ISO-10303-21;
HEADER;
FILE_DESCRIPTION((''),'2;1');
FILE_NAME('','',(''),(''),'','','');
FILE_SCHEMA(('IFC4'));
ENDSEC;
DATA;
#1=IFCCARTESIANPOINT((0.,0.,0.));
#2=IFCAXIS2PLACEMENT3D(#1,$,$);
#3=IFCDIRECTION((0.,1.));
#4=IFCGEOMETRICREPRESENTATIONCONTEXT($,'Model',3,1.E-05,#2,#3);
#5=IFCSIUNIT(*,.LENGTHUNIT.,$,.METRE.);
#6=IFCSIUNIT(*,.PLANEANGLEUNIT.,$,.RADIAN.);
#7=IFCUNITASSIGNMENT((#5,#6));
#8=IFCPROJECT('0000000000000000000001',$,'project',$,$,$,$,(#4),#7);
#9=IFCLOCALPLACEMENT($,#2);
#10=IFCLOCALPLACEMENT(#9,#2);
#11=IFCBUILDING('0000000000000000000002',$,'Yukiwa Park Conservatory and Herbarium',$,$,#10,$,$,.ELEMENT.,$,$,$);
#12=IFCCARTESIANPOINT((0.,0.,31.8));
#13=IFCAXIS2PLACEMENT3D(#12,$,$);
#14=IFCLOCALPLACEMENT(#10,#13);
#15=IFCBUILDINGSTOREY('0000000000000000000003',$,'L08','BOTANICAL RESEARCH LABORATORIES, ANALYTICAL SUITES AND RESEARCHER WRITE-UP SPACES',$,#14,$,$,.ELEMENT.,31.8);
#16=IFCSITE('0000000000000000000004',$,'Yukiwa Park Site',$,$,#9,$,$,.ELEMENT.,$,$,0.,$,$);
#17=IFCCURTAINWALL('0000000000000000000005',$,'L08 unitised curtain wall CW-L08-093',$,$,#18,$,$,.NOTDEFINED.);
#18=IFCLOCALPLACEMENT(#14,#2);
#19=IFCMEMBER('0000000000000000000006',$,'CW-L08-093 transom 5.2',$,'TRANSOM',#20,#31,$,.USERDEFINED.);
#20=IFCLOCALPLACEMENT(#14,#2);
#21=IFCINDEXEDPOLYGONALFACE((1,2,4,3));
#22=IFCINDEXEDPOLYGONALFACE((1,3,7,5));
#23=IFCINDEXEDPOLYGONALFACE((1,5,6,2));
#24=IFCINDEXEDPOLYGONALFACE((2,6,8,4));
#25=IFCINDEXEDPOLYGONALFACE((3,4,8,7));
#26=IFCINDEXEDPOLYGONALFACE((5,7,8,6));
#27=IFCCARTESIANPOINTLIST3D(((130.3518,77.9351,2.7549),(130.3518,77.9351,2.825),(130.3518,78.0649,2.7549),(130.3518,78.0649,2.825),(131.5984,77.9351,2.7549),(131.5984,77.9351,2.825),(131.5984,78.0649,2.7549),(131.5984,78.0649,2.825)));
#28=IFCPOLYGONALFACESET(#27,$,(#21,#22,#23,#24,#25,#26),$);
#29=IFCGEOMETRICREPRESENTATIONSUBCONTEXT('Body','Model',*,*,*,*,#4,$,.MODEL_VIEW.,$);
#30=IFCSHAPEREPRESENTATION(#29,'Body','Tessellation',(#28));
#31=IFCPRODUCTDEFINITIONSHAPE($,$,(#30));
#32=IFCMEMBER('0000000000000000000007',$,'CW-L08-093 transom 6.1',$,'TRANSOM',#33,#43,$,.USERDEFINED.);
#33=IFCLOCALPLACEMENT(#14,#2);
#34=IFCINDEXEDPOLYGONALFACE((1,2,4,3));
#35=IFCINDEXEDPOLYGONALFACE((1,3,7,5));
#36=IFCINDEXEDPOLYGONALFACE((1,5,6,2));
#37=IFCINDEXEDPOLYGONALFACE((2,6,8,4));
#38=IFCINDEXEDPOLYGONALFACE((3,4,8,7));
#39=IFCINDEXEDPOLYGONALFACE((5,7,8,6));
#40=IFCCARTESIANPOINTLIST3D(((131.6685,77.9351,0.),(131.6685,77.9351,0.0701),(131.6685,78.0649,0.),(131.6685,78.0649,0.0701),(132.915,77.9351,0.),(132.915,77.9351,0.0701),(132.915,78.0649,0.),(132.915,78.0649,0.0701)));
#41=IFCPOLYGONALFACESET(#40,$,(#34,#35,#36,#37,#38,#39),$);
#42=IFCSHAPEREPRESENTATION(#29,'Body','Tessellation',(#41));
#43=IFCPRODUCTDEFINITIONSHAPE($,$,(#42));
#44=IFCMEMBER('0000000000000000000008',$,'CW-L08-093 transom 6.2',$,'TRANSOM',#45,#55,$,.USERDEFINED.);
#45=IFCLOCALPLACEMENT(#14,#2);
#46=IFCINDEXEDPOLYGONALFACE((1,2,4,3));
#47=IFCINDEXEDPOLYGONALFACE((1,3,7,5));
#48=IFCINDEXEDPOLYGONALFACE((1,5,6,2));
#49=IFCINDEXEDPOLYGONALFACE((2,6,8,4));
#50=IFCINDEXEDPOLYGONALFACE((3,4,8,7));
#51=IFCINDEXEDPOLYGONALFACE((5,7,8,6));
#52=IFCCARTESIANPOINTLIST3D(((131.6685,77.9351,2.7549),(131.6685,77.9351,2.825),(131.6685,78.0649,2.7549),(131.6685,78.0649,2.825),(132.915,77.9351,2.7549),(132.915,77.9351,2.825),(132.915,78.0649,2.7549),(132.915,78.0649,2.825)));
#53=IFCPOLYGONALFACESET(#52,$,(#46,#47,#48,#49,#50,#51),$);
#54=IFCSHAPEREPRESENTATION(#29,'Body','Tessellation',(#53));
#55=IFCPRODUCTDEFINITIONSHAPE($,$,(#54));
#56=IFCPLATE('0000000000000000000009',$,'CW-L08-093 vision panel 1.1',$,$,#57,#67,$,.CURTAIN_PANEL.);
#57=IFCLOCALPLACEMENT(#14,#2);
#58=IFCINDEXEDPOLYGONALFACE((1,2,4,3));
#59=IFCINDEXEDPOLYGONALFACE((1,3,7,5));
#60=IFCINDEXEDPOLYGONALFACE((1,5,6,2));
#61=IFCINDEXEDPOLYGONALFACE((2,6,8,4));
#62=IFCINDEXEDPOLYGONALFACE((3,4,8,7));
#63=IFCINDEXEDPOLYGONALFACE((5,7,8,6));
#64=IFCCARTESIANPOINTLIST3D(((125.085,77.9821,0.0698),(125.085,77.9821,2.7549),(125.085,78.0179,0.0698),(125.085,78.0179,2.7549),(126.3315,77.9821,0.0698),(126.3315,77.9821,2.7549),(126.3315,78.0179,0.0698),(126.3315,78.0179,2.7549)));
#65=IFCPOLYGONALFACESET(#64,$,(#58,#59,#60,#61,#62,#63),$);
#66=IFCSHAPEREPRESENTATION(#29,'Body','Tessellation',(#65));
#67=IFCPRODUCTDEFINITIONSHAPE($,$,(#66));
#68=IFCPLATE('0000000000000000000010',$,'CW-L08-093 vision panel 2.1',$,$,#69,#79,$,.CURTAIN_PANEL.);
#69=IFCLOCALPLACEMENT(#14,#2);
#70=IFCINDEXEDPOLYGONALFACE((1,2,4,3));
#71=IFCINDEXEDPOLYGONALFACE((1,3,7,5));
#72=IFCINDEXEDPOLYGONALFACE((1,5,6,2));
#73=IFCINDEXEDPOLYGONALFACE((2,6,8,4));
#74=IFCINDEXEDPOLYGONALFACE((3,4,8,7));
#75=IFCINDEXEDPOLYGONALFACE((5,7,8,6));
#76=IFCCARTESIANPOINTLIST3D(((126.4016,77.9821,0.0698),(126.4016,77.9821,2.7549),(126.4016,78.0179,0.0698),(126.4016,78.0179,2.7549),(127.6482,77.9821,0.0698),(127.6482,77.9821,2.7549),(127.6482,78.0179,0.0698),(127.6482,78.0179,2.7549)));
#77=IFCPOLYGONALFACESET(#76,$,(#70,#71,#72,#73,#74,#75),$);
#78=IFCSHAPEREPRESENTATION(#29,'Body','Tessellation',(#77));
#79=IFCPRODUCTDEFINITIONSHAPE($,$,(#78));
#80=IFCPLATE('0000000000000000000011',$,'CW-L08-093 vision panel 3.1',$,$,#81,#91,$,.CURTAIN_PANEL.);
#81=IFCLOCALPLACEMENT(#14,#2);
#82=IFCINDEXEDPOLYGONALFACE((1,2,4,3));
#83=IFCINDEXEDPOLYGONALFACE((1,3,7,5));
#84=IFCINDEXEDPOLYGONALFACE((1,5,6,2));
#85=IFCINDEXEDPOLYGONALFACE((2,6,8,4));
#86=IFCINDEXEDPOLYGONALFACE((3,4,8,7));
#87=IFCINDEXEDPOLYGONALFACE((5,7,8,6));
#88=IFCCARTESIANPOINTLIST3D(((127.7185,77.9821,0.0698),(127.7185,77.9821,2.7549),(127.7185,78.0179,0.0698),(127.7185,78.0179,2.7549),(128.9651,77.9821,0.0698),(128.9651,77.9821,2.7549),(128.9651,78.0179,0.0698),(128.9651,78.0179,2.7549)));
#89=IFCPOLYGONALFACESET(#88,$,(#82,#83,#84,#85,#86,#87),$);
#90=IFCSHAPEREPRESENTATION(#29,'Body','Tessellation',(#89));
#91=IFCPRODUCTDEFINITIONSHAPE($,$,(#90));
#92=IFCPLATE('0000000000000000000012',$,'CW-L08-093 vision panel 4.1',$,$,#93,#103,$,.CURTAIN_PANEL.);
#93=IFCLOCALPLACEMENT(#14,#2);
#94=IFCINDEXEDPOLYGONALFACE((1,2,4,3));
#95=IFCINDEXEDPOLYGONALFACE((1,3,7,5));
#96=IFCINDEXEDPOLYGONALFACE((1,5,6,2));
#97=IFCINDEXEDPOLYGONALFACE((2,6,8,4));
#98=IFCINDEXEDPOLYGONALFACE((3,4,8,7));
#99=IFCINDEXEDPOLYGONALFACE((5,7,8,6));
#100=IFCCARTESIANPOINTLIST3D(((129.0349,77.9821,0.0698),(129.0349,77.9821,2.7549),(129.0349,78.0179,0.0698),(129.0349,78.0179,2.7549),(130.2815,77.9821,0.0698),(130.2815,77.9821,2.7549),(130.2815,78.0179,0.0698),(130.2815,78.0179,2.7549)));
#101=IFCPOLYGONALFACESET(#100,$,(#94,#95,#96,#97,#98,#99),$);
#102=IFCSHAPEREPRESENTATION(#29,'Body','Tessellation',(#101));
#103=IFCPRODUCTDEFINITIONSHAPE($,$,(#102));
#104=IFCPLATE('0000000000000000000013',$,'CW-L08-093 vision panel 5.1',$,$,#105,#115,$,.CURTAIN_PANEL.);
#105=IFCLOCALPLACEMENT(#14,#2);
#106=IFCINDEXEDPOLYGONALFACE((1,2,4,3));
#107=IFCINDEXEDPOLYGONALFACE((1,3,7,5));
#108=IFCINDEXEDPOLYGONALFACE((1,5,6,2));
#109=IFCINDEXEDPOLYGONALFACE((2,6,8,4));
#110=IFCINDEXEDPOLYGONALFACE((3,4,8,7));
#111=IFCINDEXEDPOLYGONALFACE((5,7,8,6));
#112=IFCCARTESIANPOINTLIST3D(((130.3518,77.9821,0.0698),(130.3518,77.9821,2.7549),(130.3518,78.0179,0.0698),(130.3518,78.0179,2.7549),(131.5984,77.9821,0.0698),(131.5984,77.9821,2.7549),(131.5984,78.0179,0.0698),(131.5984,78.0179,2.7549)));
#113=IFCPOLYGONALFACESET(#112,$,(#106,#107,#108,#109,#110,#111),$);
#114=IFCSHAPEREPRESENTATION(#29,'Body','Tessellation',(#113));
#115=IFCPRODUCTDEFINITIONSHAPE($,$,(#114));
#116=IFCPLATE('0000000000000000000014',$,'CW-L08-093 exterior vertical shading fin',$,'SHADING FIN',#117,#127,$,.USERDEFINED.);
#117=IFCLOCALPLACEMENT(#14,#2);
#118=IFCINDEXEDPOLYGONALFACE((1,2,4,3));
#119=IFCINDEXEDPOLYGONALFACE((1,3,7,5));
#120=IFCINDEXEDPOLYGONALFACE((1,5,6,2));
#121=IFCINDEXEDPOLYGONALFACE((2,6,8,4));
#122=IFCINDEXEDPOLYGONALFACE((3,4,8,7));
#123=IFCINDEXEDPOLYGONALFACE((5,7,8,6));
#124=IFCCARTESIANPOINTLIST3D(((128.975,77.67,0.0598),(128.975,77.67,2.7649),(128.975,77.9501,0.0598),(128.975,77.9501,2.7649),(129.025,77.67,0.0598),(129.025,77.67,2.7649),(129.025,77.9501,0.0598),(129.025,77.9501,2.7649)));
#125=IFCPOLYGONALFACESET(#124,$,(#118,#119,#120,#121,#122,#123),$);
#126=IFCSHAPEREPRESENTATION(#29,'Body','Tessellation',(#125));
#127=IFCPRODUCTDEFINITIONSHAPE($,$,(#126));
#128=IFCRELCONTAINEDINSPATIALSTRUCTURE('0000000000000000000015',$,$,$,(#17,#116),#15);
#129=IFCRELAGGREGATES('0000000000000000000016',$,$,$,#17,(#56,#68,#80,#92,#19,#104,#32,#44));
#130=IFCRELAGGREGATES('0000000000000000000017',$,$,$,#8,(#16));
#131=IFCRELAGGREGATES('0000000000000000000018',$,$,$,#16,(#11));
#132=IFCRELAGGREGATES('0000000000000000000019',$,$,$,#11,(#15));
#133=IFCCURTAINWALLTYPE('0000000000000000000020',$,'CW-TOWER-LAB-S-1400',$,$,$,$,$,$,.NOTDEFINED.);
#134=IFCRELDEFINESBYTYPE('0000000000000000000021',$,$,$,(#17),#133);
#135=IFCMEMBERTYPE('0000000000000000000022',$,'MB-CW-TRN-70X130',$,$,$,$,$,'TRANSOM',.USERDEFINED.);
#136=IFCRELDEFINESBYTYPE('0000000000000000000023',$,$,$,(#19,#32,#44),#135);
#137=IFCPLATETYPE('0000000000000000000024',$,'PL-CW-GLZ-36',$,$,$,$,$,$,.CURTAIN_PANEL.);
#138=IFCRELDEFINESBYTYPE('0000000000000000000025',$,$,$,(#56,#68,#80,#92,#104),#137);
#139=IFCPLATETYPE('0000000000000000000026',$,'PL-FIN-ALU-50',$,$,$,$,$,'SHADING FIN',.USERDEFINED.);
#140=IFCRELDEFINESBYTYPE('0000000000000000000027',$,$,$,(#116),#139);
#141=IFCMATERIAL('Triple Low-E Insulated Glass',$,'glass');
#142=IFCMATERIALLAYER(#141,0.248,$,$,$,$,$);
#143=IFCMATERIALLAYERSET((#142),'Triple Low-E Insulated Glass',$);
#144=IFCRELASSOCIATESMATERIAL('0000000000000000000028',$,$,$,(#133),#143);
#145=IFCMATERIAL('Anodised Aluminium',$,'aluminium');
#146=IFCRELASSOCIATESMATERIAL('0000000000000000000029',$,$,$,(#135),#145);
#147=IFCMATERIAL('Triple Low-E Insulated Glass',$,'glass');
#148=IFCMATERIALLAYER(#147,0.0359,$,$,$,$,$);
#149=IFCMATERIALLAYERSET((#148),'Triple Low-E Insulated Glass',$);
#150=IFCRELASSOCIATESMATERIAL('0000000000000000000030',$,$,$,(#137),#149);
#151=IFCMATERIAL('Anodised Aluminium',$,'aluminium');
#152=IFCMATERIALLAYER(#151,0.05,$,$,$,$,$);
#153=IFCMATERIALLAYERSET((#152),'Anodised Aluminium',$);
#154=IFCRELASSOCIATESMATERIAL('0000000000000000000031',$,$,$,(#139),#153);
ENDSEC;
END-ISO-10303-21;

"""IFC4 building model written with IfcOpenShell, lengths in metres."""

from ifc_helpers import new_model, si_unit, direction, frame, origin, origin_2d, place, context, subcontext, project, spatial, rectangle, extrude, material, layer, layer_set, type_object, element, aggregate, save


model = new_model("IFC4")

# Units and contexts
model_context = context("Model", 3, precision=1e-05, world=origin(), true_north=direction((0.0, 1.0)))
body_context = subcontext(model_context, "Body", "Model", "MODEL_VIEW")
ifc_project = project(units=[si_unit("LENGTHUNIT", "METRE"), si_unit("PLANEANGLEUNIT", "RADIAN")], contexts=[model_context])

# Site, building, storey
site_placement = place(None, origin())
site = spatial("IfcSite", under=ifc_project, at=site_placement, Name="Yukiwa Park Site", CompositionType="ELEMENT", RefElevation=0.0)
building_placement = place(site_placement, origin())
building = spatial("IfcBuilding", under=site, at=building_placement, Name="Yukiwa Park Conservatory and Herbarium", CompositionType="ELEMENT")
storey_placement = place(building_placement, frame((0.0, 0.0, 31.8)))
storey = spatial("IfcBuildingStorey", under=building, at=storey_placement, Name="L08", Description="BOTANICAL RESEARCH LABORATORIES, ANALYTICAL SUITES AND RESEARCHER WRITE-UP SPACES", CompositionType="ELEMENT", Elevation=31.8)

# Curtain wall, members, plates
ifc_material_1 = material(Name="Triple Low-E Insulated Glass", Category="glass")
ifc_layer_1 = layer(ifc_material_1, 0.248)
ifc_layer_set_1 = layer_set([ifc_layer_1], Name="Triple Low-E Insulated Glass")
curtain_wall_type = type_object("IfcCurtainWallType", Name="CW-TOWER-LAB-S-1400", PredefinedType="NOTDEFINED", material=ifc_layer_set_1)
curtain_wall_placement = place(storey_placement, origin())
curtain_wall = element("IfcCurtainWall", 1, at=curtain_wall_placement, inside=storey, type_object=curtain_wall_type, Name="L08 unitised curtain wall CW-L08-093", PredefinedType="NOTDEFINED")
ifc_material_2 = material(Name="Anodised Aluminium", Category="aluminium")
member_type_1 = type_object("IfcMemberType", Name="MB-CW-TRN-70X130", ElementType="TRANSOM", PredefinedType="USERDEFINED", material=ifc_material_2)
member_1_placement = place(storey_placement, frame((130.9751, 78.0, 2.7549), z_axis=(0.0, 0.0, 1.0), x_axis=(1.0, 0.0, 0.0)))
member_1 = element("IfcMember", 2, at=member_1_placement, type_object=member_type_1, Name="CW-L08-093 transom 5.2", ObjectType="TRANSOM", PredefinedType="USERDEFINED", context=body_context, shape_type="SweptSolid", body=[
    extrude(rectangle(XDim=1.2466, YDim=0.1299, at=origin_2d()), origin(), (0.0, 0.0, 1.0), 0.0701),
])
member_2_placement = place(storey_placement, frame((132.2917, 78.0, 0.0), z_axis=(0.0, 0.0, 1.0), x_axis=(1.0, 0.0, 0.0)))
member_2 = element("IfcMember", 3, at=member_2_placement, type_object=member_type_1, Name="CW-L08-093 transom 6.1", ObjectType="TRANSOM", PredefinedType="USERDEFINED", context=body_context, shape_type="SweptSolid", body=[
    extrude(rectangle(XDim=1.2466, YDim=0.1299, at=origin_2d()), origin(), (0.0, 0.0, 1.0), 0.0701),
])
member_3_placement = place(storey_placement, frame((132.2917, 78.0, 2.7549), z_axis=(0.0, 0.0, 1.0), x_axis=(1.0, 0.0, 0.0)))
member_3 = element("IfcMember", 4, at=member_3_placement, type_object=member_type_1, Name="CW-L08-093 transom 6.2", ObjectType="TRANSOM", PredefinedType="USERDEFINED", context=body_context, shape_type="SweptSolid", body=[
    extrude(rectangle(XDim=1.2466, YDim=0.1299, at=origin_2d()), origin(), (0.0, 0.0, 1.0), 0.0701),
])
ifc_material_3 = material(Name="Triple Low-E Insulated Glass", Category="glass")
ifc_layer_2 = layer(ifc_material_3, 0.0359)
ifc_layer_set_2 = layer_set([ifc_layer_2], Name="Triple Low-E Insulated Glass")
plate_type_1 = type_object("IfcPlateType", Name="PL-CW-GLZ-36", PredefinedType="CURTAIN_PANEL", material=ifc_layer_set_2)
plate_1_placement = place(storey_placement, frame((125.7083, 78.0, 0.0698), z_axis=(0.0, 0.0, 1.0), x_axis=(1.0, 0.0, 0.0)))
plate_1 = element("IfcPlate", 5, at=plate_1_placement, type_object=plate_type_1, Name="CW-L08-093 vision panel 1.1", PredefinedType="CURTAIN_PANEL", context=body_context, shape_type="SweptSolid", body=[
    extrude(rectangle(XDim=1.2466, YDim=0.0359, at=origin_2d()), origin(), (0.0, 0.0, 1.0), 2.6851),
])
plate_2_placement = place(storey_placement, frame((127.0249, 78.0, 0.0698), z_axis=(0.0, 0.0, 1.0), x_axis=(1.0, 0.0, 0.0)))
plate_2 = element("IfcPlate", 6, at=plate_2_placement, type_object=plate_type_1, Name="CW-L08-093 vision panel 2.1", PredefinedType="CURTAIN_PANEL", context=body_context, shape_type="SweptSolid", body=[
    extrude(rectangle(XDim=1.2466, YDim=0.0359, at=origin_2d()), origin(), (0.0, 0.0, 1.0), 2.6851),
])
plate_3_placement = place(storey_placement, frame((128.3418, 78.0, 0.0698), z_axis=(0.0, 0.0, 1.0), x_axis=(1.0, 0.0, 0.0)))
plate_3 = element("IfcPlate", 7, at=plate_3_placement, type_object=plate_type_1, Name="CW-L08-093 vision panel 3.1", PredefinedType="CURTAIN_PANEL", context=body_context, shape_type="SweptSolid", body=[
    extrude(rectangle(XDim=1.2466, YDim=0.0359, at=origin_2d()), origin(), (0.0, 0.0, 1.0), 2.6851),
])
plate_4_placement = place(storey_placement, frame((129.6582, 78.0, 0.0698), z_axis=(0.0, 0.0, 1.0), x_axis=(1.0, 0.0, 0.0)))
plate_4 = element("IfcPlate", 8, at=plate_4_placement, type_object=plate_type_1, Name="CW-L08-093 vision panel 4.1", PredefinedType="CURTAIN_PANEL", context=body_context, shape_type="SweptSolid", body=[
    extrude(rectangle(XDim=1.2466, YDim=0.0359, at=origin_2d()), origin(), (0.0, 0.0, 1.0), 2.6851),
])
plate_5_placement = place(storey_placement, frame((130.9751, 78.0, 0.0698), z_axis=(0.0, 0.0, 1.0), x_axis=(1.0, 0.0, 0.0)))
plate_5 = element("IfcPlate", 9, at=plate_5_placement, type_object=plate_type_1, Name="CW-L08-093 vision panel 5.1", PredefinedType="CURTAIN_PANEL", context=body_context, shape_type="SweptSolid", body=[
    extrude(rectangle(XDim=1.2466, YDim=0.0359, at=origin_2d()), origin(), (0.0, 0.0, 1.0), 2.6851),
])
aggregate(curtain_wall, [plate_1, plate_2, plate_3, plate_4, member_1, plate_5, member_2, member_3])

# Plate
ifc_material_4 = material(Name="Anodised Aluminium", Category="aluminium")
ifc_layer_3 = layer(ifc_material_4, 0.05)
ifc_layer_set_3 = layer_set([ifc_layer_3], Name="Anodised Aluminium")
plate_type_2 = type_object("IfcPlateType", Name="PL-FIN-ALU-50", ElementType="SHADING FIN", PredefinedType="USERDEFINED", material=ifc_layer_set_3)
plate_6_placement = place(storey_placement, frame((129.0, 77.8101, 0.0598), z_axis=(0.0, 0.0, 1.0), x_axis=(1.0, 0.0, 0.0)))
element("IfcPlate", 10, at=plate_6_placement, inside=storey, type_object=plate_type_2, Name="CW-L08-093 exterior vertical shading fin", ObjectType="SHADING FIN", PredefinedType="USERDEFINED", context=body_context, shape_type="SweptSolid", body=[
    extrude(rectangle(XDim=0.05, YDim=0.28, at=origin_2d()), origin(), (0.0, 0.0, 1.0), 2.7051),
])

save(model, "model.ifc")
